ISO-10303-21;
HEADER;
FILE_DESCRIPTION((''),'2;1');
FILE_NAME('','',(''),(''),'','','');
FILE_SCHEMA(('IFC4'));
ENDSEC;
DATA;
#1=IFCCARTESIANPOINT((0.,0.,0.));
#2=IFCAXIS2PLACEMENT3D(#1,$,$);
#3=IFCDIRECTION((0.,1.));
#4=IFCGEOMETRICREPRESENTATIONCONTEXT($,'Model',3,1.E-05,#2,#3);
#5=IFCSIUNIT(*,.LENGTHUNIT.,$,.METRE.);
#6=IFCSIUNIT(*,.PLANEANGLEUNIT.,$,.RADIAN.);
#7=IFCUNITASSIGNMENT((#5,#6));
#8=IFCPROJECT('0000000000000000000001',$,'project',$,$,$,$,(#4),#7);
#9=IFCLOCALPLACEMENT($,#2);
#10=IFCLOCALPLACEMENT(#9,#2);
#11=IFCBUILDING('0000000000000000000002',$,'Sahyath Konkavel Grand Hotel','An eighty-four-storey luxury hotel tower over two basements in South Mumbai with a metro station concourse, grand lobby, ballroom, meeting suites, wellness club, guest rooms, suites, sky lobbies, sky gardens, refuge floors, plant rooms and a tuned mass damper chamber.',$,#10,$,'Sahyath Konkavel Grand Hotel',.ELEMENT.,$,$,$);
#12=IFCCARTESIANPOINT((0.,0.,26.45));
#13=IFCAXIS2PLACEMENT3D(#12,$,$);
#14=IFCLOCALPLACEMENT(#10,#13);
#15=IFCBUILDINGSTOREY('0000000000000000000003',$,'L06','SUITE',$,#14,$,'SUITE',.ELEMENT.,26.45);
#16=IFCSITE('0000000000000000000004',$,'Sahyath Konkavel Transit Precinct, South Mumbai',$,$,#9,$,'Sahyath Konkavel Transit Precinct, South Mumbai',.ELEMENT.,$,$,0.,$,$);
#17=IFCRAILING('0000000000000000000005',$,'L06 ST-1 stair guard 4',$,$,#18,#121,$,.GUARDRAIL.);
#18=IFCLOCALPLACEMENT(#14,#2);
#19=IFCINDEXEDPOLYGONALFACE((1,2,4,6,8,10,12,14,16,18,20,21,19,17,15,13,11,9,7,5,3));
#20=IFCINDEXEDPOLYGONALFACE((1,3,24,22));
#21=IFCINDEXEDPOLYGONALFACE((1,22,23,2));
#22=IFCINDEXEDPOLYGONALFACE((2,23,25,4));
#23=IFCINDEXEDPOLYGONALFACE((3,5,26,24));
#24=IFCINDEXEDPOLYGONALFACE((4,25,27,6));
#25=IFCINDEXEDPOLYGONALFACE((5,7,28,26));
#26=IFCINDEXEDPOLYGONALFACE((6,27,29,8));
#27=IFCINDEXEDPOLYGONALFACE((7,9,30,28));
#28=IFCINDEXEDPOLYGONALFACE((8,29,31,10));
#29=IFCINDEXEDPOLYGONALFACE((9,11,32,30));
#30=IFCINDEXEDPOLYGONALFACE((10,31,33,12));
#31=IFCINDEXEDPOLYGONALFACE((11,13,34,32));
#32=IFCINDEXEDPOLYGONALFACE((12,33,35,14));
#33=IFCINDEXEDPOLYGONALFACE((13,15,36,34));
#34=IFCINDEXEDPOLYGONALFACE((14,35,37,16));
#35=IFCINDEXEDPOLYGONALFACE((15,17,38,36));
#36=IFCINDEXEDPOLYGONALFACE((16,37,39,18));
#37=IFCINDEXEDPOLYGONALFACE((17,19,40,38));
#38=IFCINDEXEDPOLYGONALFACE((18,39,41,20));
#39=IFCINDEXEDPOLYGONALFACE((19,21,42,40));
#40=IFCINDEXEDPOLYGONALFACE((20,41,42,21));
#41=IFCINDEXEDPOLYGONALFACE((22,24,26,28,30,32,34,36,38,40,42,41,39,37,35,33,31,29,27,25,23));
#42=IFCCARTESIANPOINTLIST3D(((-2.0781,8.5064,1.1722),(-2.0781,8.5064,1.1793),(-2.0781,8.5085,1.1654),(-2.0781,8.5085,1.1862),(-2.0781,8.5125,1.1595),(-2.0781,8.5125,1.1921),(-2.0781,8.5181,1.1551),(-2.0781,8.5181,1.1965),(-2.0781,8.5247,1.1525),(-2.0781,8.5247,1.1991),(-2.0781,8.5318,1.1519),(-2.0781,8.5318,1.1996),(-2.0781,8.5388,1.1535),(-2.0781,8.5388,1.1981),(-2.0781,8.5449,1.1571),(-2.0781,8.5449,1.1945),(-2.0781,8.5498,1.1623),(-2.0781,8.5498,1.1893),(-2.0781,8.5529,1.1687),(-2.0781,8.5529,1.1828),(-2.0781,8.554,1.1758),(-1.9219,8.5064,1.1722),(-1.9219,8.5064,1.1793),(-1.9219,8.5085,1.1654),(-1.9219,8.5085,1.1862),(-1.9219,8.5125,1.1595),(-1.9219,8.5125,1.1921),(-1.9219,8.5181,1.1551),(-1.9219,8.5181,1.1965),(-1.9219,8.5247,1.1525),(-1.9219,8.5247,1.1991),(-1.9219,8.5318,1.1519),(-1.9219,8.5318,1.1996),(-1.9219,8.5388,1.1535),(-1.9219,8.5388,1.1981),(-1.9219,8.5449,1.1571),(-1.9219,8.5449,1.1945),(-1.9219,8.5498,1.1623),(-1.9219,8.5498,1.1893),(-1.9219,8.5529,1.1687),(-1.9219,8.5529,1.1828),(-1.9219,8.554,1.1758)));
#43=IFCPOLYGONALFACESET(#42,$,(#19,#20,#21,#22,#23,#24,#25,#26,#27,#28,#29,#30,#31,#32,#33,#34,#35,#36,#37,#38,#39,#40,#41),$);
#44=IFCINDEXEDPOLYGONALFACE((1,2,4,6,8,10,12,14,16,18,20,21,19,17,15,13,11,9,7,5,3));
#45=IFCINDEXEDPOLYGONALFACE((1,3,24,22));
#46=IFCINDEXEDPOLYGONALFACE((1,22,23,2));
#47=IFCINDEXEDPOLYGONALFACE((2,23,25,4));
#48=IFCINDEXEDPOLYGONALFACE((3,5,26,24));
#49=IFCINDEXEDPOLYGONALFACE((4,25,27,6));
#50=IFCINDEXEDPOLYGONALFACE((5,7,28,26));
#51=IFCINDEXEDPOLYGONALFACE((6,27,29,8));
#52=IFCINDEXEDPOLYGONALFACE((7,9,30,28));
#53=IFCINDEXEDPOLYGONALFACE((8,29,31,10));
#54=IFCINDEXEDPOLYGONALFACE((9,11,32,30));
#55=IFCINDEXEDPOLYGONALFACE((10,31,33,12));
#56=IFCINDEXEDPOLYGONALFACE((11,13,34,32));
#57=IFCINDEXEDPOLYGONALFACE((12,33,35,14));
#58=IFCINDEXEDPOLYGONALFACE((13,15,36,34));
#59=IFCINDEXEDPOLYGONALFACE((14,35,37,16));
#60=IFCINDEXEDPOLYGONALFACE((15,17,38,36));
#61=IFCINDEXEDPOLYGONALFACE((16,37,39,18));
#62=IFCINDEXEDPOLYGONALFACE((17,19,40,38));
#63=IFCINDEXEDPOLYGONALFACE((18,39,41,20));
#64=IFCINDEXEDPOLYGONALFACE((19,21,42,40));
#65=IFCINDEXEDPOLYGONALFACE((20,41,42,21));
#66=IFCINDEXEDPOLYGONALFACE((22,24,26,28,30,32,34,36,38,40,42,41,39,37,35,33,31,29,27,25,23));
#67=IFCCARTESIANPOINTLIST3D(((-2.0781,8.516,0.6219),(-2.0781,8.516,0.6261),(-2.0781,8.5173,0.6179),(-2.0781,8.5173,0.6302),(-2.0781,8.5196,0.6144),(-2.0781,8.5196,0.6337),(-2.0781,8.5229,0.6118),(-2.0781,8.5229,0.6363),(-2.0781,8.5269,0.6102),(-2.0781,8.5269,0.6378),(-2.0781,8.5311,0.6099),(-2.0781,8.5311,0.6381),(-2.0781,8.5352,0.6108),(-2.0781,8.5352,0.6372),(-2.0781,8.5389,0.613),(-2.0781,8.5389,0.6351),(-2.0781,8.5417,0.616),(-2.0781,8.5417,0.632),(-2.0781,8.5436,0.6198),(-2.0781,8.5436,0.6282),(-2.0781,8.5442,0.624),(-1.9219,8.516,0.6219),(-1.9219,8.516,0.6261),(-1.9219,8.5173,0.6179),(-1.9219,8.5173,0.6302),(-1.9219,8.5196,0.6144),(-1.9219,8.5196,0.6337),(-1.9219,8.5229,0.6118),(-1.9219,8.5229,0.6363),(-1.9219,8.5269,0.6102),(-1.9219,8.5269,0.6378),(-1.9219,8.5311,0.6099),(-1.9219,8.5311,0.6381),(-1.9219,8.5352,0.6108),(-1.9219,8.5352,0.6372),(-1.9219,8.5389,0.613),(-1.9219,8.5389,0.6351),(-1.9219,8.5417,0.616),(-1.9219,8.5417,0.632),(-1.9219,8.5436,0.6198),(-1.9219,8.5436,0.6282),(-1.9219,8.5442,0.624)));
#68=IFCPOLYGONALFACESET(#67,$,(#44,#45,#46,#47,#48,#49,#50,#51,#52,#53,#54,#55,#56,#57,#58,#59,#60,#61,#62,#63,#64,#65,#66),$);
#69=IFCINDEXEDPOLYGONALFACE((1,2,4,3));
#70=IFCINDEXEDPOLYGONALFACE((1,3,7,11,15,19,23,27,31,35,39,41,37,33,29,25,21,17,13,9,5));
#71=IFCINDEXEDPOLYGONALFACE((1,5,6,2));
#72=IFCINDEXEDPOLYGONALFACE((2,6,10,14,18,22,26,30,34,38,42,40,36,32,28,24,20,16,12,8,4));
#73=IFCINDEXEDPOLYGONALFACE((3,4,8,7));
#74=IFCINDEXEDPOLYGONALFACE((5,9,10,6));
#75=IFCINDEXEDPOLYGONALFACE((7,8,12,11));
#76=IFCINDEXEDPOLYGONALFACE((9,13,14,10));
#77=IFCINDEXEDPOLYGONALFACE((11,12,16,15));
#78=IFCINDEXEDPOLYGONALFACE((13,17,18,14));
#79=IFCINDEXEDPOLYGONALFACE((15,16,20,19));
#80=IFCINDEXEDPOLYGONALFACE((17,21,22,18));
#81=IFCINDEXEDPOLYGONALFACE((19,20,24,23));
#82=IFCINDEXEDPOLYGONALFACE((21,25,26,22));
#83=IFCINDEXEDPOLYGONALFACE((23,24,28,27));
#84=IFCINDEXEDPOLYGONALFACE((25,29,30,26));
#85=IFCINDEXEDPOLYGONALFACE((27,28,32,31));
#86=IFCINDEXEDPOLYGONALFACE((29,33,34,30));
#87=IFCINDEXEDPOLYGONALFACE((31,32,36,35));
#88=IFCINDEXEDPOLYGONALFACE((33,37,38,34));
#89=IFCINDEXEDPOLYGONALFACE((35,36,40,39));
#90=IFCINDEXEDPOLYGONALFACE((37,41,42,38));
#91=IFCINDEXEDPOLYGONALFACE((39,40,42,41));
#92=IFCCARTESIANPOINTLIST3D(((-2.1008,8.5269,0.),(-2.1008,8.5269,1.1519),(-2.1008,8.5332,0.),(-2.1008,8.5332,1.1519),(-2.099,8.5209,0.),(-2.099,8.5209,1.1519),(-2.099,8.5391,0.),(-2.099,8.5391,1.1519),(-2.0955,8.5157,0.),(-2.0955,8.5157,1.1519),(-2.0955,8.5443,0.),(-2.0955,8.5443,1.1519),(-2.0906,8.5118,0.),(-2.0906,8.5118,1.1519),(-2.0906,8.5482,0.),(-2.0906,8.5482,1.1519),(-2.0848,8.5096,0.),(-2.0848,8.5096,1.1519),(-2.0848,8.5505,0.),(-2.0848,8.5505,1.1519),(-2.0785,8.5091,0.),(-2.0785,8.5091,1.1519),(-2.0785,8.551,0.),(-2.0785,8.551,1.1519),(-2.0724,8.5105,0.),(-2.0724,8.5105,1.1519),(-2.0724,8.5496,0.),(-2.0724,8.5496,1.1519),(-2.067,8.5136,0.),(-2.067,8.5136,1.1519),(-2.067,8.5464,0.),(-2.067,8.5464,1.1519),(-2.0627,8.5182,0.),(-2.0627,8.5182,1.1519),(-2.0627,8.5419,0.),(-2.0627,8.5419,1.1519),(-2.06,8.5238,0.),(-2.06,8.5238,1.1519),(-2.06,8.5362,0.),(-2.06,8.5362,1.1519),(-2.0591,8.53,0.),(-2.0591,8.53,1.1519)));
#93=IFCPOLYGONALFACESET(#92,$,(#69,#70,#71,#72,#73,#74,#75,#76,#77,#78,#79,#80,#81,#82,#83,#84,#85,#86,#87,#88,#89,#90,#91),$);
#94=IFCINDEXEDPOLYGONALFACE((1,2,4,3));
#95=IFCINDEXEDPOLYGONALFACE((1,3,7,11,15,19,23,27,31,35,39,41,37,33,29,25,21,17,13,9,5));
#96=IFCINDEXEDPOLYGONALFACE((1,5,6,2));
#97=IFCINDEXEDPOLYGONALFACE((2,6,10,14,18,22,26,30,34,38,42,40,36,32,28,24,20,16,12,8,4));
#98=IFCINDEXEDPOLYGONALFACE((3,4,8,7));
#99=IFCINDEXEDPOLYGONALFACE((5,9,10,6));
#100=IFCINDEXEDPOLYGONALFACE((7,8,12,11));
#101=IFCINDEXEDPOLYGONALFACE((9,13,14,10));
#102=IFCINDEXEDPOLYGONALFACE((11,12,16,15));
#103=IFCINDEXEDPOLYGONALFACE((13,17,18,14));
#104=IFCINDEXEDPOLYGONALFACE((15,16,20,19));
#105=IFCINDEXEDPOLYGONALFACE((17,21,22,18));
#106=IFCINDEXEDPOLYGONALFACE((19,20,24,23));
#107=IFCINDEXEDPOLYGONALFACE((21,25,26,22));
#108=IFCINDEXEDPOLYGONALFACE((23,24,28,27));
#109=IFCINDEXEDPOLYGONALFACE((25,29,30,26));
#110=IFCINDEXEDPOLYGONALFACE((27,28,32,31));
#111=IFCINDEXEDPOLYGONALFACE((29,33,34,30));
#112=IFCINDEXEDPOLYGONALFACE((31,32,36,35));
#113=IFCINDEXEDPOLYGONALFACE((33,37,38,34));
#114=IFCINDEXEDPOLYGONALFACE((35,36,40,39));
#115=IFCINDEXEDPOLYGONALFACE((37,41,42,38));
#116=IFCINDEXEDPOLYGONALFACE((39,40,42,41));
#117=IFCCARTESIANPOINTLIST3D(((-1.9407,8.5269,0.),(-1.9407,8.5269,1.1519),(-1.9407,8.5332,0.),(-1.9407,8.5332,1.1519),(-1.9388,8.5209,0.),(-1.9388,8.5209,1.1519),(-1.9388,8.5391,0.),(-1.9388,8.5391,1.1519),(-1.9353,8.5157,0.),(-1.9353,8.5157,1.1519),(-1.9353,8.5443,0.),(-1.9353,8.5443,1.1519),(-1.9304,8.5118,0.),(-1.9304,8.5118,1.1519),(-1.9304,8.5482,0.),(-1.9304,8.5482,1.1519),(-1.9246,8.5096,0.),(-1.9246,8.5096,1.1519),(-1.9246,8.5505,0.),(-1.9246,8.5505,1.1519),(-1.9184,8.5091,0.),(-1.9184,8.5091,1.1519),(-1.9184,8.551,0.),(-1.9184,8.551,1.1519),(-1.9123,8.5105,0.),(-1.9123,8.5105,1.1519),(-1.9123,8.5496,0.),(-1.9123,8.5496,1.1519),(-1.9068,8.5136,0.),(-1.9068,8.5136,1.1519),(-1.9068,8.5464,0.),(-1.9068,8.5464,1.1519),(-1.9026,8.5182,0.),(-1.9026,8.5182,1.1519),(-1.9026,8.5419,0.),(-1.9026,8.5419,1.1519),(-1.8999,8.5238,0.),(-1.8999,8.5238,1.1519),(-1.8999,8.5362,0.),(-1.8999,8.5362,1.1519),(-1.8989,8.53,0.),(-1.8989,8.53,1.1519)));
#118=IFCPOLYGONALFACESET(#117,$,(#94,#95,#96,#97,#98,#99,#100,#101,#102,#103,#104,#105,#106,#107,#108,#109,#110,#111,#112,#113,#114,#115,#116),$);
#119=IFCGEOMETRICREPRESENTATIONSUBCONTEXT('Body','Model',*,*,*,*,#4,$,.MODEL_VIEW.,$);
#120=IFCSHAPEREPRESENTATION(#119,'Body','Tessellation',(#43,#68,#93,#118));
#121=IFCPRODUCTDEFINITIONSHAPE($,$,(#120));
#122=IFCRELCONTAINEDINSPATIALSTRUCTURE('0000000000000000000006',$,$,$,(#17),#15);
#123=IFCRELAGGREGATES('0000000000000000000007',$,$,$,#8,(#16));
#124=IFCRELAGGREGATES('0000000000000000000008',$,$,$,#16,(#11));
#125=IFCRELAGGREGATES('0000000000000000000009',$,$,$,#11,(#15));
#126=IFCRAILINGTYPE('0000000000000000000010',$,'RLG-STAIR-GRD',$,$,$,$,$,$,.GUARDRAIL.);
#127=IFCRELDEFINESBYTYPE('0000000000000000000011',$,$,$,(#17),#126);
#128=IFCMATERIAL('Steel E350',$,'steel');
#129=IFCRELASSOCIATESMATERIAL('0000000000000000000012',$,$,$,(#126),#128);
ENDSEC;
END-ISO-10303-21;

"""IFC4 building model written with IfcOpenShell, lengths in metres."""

from ifc_helpers import new_model, si_unit, direction, frame, origin, origin_2d, place, context, subcontext, project, spatial, circle, extrude, material, type_object, element, save


model = new_model("IFC4")

# Units and contexts
model_context = context("Model", 3, precision=1e-05, world=origin(), true_north=direction((0.0, 1.0)))
body_context = subcontext(model_context, "Body", "Model", "MODEL_VIEW")
ifc_project = project(units=[si_unit("LENGTHUNIT", "METRE"), si_unit("PLANEANGLEUNIT", "RADIAN")], contexts=[model_context])

# Site, building, storey
site_placement = place(None, origin())
site = spatial("IfcSite", under=ifc_project, at=site_placement, Name="Sahyath Konkavel Transit Precinct, South Mumbai", LongName="Sahyath Konkavel Transit Precinct, South Mumbai", CompositionType="ELEMENT", RefElevation=0.0)
building_placement = place(site_placement, origin())
building = spatial("IfcBuilding", under=site, at=building_placement, Name="Sahyath Konkavel Grand Hotel", Description="An eighty-four-storey luxury hotel tower over two basements in South Mumbai with a metro station concourse, grand lobby, ballroom, meeting suites, wellness club, guest rooms, suites, sky lobbies, sky gardens, refuge floors, plant rooms and a tuned mass damper chamber.", LongName="Sahyath Konkavel Grand Hotel", CompositionType="ELEMENT")
storey_placement = place(building_placement, frame((0.0, 0.0, 26.45)))
storey = spatial("IfcBuildingStorey", under=building, at=storey_placement, Name="L06", Description="SUITE", LongName="SUITE", CompositionType="ELEMENT", Elevation=26.45)

# Shared definitions
ifc_material_1 = material(Name="Steel E350", Category="steel")

# Railing
railing_type_1 = type_object("IfcRailingType", Name="RLG-STAIR-GRD", PredefinedType="GUARDRAIL", material=ifc_material_1)
railing_1_placement = place(storey_placement, frame((-2.0801, 8.53, 0.0)))
element("IfcRailing", 1, at=railing_1_placement, inside=storey, type_object=railing_type_1, Name="L06 ST-1 stair guard 4", PredefinedType="GUARDRAIL", context=body_context, shape_type="SweptSolid", body=[
    extrude(circle(Radius=0.0239, at=origin_2d()), frame((0.002, 0.0, 1.1758), z_axis=(1.0, 0.0, 0.0), x_axis=(0.0, 1.0, 0.0)), (0.0, 0.0, 1.0), 0.1562),
    extrude(circle(Radius=0.0142, at=origin_2d()), frame((0.002, 0.0, 0.624), z_axis=(1.0, 0.0, 0.0), x_axis=(0.0, 1.0, 0.0)), (0.0, 0.0, 1.0), 0.1562),
    extrude(circle(Radius=0.021, at=origin_2d()), origin(), (0.0, 0.0, 1.0), 1.1519),
    extrude(circle(Radius=0.021, at=origin_2d()), frame((0.1602, 0.0, 0.0)), (0.0, 0.0, 1.0), 1.1519),
])

save(model, "model.ifc")
